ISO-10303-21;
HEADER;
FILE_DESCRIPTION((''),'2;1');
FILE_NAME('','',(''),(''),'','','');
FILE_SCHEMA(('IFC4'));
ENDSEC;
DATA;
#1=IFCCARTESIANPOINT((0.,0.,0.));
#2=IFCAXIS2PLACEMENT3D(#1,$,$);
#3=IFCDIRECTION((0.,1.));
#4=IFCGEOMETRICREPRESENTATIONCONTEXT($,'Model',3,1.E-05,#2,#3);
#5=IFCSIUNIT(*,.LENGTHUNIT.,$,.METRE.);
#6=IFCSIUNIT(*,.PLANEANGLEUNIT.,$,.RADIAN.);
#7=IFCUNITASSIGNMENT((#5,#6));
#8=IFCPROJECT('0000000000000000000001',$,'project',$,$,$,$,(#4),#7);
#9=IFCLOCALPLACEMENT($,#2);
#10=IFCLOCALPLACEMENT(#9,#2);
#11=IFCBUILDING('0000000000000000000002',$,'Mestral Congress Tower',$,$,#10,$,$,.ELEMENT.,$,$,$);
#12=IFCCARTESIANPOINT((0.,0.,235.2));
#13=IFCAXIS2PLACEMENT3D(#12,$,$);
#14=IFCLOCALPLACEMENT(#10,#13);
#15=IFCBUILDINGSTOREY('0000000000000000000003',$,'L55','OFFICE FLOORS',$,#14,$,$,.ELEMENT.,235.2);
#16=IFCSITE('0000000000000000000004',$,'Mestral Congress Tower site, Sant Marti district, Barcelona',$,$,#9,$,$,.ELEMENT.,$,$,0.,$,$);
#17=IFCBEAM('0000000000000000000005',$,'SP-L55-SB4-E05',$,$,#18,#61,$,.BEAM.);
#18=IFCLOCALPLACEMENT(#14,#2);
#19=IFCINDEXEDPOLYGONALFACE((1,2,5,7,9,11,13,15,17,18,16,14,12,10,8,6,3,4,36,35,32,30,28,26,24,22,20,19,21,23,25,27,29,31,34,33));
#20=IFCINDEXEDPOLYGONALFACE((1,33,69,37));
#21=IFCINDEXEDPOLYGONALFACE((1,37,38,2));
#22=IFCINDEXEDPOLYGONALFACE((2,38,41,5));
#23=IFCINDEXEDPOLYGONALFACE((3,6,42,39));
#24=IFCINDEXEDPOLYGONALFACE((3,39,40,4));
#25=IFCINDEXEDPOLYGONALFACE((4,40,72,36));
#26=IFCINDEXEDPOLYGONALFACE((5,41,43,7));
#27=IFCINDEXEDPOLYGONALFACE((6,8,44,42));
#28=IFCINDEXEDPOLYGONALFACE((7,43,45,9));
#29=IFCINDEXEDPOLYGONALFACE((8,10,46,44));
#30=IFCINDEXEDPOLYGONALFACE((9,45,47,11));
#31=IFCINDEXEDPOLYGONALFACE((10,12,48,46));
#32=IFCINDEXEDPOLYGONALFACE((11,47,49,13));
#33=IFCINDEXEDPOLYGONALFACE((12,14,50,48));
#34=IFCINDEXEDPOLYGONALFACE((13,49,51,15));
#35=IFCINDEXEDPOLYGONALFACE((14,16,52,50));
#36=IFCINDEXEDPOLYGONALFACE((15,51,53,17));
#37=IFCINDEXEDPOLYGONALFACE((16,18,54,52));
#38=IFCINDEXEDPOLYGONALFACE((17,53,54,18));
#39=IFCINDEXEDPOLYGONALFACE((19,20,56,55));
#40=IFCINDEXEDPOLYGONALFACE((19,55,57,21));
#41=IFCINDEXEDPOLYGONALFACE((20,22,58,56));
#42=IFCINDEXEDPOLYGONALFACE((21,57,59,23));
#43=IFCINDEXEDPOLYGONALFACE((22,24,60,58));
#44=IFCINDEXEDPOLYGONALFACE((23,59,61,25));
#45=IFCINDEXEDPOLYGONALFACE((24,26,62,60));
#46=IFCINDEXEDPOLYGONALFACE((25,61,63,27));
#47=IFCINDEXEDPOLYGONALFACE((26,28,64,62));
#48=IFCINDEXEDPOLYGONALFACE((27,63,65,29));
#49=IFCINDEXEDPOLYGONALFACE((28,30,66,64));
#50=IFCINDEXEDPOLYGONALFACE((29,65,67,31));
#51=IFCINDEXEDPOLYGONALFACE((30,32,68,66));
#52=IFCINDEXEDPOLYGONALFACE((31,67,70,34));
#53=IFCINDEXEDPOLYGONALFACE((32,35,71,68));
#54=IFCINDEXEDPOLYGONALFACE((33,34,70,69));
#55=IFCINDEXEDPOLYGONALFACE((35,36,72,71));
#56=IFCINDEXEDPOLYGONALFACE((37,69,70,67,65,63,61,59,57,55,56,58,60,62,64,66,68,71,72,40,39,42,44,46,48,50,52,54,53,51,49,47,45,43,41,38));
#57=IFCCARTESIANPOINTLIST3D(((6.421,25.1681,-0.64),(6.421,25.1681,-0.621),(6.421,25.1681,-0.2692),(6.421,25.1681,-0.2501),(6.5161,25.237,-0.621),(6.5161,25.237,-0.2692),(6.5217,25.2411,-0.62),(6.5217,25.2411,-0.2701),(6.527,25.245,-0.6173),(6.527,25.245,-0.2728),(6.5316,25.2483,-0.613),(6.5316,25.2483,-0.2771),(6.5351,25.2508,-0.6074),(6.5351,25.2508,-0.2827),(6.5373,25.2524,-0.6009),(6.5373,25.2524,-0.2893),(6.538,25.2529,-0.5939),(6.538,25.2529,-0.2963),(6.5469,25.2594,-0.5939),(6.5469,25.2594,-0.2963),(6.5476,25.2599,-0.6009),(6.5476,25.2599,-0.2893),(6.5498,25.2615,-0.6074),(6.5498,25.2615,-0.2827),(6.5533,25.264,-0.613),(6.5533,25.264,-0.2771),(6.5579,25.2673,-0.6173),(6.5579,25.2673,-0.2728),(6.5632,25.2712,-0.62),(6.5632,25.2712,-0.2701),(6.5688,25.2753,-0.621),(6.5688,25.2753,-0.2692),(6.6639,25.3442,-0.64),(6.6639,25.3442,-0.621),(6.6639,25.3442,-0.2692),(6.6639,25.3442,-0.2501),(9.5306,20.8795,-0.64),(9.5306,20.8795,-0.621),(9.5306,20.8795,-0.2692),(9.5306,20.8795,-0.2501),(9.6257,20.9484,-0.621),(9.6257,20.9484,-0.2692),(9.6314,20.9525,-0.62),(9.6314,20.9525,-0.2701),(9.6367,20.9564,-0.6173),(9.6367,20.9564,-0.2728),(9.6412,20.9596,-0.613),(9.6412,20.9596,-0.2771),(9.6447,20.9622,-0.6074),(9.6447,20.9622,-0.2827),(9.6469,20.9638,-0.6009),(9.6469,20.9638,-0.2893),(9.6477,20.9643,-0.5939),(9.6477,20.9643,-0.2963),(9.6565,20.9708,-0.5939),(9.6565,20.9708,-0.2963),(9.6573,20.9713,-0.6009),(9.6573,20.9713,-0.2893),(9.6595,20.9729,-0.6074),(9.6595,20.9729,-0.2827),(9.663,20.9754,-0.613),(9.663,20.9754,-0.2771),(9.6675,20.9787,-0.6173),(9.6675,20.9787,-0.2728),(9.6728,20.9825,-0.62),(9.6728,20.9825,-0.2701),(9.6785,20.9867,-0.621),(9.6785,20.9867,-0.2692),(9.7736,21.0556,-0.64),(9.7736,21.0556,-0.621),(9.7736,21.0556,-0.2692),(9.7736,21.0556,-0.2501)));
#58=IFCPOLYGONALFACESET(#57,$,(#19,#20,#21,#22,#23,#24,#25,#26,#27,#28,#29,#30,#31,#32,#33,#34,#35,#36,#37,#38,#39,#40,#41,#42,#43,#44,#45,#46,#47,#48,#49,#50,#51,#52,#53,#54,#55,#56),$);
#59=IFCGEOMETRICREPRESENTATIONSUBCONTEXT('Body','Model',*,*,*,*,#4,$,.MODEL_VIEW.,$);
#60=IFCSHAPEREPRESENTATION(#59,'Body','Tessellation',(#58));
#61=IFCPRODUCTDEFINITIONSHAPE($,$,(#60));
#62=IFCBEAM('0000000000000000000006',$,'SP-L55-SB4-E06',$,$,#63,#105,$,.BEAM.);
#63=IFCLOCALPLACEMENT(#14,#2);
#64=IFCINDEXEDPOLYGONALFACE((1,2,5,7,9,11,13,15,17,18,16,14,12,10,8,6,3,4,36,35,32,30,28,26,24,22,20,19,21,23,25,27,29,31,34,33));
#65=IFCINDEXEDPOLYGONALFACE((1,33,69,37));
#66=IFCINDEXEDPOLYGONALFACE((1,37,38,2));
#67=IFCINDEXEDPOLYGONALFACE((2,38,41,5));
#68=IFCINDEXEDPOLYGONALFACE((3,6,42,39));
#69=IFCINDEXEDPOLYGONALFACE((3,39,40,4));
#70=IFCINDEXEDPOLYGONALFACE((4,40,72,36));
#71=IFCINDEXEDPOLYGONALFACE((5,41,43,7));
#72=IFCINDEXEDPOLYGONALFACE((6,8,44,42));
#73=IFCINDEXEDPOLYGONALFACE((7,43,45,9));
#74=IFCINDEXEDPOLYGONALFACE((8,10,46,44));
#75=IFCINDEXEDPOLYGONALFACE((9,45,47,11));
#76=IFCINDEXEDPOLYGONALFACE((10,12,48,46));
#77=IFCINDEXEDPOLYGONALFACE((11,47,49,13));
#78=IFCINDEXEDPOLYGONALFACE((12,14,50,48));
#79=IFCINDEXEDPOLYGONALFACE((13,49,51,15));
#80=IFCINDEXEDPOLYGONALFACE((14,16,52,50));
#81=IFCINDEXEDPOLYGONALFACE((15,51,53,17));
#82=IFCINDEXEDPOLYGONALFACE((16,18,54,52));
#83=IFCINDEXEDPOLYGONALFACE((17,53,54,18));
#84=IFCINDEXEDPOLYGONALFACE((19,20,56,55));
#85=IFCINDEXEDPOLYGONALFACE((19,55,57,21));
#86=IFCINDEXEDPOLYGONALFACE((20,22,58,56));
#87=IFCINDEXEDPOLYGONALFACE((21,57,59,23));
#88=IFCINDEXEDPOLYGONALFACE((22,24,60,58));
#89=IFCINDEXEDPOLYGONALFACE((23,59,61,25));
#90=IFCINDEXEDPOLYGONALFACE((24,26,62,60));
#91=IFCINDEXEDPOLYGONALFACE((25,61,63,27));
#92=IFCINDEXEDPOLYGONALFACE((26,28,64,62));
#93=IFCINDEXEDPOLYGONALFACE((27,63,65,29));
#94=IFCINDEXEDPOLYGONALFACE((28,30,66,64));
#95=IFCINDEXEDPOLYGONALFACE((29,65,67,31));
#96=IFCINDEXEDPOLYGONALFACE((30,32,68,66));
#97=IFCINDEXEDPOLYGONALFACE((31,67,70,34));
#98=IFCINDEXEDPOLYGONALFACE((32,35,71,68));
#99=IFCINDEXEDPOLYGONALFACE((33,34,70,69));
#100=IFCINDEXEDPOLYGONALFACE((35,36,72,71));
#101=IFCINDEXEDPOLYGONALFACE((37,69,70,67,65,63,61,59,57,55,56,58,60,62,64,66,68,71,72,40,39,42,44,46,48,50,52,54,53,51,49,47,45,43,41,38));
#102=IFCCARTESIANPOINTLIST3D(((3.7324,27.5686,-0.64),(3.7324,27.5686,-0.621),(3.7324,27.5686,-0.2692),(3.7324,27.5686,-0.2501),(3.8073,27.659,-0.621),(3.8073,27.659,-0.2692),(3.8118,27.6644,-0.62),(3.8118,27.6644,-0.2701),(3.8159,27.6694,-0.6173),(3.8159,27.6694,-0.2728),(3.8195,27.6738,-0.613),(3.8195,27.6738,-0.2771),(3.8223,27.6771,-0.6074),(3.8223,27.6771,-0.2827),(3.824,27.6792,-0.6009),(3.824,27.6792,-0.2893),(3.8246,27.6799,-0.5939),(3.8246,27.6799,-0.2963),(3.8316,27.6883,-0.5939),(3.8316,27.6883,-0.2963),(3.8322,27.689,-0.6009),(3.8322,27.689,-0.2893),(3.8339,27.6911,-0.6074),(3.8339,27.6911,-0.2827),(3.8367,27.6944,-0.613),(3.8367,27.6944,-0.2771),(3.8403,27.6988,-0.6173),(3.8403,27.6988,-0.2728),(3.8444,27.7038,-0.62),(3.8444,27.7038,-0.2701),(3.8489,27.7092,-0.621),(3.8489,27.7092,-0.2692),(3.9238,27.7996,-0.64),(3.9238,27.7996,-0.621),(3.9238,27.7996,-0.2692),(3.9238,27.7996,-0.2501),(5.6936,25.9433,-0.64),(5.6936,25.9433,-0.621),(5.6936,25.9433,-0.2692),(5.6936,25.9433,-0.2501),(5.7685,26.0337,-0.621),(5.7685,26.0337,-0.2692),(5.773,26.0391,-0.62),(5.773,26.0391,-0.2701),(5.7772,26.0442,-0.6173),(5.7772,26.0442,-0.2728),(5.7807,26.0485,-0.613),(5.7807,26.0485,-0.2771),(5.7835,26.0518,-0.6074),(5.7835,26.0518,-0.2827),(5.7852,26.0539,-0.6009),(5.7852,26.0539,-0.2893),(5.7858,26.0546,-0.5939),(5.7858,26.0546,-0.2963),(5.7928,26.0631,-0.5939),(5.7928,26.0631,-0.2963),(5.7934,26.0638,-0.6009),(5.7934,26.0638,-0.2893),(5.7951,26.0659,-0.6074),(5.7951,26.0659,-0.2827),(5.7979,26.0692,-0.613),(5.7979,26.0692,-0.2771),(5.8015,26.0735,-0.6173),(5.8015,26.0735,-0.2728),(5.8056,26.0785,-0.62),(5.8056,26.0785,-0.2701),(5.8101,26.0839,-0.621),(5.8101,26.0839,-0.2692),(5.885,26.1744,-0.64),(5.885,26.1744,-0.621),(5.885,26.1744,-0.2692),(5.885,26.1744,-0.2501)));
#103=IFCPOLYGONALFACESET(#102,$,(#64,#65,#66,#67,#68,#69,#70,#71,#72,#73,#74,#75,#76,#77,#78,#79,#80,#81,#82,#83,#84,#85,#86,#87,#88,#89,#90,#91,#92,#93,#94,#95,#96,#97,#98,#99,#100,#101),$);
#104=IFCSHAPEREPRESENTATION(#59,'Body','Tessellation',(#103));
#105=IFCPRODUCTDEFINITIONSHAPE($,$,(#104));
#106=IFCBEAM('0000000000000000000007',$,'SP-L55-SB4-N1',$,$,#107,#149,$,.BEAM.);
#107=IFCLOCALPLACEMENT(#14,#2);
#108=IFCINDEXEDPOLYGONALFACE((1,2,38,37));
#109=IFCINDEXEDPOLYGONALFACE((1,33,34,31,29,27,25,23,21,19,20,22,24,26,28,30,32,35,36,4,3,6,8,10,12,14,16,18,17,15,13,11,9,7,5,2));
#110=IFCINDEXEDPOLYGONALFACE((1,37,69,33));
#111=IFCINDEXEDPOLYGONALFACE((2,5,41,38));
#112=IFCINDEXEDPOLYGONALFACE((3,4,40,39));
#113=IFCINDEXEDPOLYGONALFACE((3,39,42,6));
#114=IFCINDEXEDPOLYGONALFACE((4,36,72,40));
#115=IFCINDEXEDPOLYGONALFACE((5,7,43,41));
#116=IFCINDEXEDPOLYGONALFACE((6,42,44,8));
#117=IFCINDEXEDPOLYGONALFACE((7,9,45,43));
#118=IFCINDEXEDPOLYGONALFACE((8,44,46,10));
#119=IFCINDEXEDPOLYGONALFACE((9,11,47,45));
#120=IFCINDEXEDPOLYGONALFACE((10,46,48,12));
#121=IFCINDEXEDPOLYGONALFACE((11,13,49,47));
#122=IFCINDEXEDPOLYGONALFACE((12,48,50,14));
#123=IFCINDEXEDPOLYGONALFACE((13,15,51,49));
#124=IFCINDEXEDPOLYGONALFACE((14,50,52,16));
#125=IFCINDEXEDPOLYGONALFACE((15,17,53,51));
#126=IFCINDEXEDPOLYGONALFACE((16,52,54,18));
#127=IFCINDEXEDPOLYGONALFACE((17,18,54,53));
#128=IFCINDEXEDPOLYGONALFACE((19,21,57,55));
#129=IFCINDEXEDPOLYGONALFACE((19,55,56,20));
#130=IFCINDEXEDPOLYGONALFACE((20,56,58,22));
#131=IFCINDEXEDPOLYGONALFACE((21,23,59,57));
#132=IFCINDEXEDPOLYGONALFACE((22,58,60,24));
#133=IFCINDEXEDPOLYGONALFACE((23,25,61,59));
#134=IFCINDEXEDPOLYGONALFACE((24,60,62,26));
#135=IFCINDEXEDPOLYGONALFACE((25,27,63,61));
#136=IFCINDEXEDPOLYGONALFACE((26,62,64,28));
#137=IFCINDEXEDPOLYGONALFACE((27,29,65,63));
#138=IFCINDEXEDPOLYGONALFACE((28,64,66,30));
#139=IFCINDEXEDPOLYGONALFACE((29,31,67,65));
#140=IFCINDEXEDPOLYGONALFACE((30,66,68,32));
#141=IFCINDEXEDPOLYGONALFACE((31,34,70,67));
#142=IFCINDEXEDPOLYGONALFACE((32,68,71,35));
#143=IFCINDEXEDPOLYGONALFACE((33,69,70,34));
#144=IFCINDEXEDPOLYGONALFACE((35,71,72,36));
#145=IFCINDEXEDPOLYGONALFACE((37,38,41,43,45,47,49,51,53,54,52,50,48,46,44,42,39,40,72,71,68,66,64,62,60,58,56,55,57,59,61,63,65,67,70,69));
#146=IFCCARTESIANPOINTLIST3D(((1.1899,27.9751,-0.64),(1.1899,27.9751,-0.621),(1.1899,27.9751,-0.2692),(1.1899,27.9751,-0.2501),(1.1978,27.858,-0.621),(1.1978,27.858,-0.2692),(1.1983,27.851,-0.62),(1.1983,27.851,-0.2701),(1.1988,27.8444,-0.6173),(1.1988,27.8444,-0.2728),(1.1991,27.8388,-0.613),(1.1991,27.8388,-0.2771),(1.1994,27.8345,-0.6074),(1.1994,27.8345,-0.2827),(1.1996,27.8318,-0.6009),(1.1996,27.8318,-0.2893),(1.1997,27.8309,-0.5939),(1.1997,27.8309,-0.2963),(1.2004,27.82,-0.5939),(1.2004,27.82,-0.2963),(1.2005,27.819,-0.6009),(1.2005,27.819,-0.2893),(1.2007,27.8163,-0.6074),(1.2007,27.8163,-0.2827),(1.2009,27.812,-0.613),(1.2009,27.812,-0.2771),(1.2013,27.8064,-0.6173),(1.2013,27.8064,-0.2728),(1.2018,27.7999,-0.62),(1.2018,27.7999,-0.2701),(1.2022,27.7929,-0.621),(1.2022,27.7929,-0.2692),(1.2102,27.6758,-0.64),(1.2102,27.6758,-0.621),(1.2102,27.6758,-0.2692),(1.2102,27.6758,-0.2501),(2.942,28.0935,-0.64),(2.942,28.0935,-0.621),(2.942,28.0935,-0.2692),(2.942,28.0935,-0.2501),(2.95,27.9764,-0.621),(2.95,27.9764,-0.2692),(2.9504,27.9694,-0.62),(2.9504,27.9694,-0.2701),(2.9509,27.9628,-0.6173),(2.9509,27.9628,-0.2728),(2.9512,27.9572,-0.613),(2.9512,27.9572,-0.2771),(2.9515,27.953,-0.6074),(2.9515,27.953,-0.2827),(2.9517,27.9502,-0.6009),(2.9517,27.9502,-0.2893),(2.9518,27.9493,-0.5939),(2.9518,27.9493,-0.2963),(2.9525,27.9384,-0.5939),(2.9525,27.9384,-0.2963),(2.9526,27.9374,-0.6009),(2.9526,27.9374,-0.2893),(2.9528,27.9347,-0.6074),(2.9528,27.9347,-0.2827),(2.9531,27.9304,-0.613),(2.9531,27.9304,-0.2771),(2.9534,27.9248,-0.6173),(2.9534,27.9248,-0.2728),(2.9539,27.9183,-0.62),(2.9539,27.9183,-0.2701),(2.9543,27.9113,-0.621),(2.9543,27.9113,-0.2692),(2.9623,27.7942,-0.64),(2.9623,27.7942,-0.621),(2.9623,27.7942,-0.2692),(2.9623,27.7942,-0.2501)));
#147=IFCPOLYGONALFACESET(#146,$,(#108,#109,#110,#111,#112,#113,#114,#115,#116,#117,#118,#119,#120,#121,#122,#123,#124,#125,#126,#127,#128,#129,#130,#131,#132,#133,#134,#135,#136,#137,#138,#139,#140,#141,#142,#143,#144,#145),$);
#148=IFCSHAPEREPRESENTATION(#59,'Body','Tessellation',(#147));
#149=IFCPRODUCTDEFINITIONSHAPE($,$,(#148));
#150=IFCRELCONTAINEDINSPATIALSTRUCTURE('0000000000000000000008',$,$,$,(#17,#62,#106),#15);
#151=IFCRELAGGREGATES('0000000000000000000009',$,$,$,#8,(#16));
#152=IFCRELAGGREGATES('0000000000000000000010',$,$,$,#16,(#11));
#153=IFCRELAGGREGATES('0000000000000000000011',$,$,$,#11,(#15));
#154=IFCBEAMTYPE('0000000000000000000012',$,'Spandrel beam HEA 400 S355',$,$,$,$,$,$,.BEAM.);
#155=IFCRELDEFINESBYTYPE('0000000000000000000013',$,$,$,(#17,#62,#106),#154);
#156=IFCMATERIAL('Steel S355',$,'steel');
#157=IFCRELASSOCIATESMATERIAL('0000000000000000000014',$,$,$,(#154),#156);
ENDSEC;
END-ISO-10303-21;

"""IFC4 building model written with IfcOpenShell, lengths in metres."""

from ifc_helpers import new_model, si_unit, direction, frame, origin, origin_2d, place, context, subcontext, project, spatial, i_section, extrude, material, material_profile, profile_set, type_object, element, save


model = new_model("IFC4")

# Units and contexts
model_context = context("Model", 3, precision=1e-05, world=origin(), true_north=direction((0.0, 1.0)))
body_context = subcontext(model_context, "Body", "Model", "MODEL_VIEW")
ifc_project = project(units=[si_unit("LENGTHUNIT", "METRE"), si_unit("PLANEANGLEUNIT", "RADIAN")], contexts=[model_context])

# Site, building, storey
site_placement = place(None, origin())
site = spatial("IfcSite", under=ifc_project, at=site_placement, Name="Mestral Congress Tower site, Sant Marti district, Barcelona", CompositionType="ELEMENT", RefElevation=0.0)
building_placement = place(site_placement, origin())
building = spatial("IfcBuilding", under=site, at=building_placement, Name="Mestral Congress Tower", CompositionType="ELEMENT")
storey_placement = place(building_placement, frame((0.0, 0.0, 235.2)))
storey = spatial("IfcBuildingStorey", under=building, at=storey_placement, Name="L55", Description="OFFICE FLOORS", CompositionType="ELEMENT", Elevation=235.2)

# Beams
ifc_material_1 = material(Name="Steel S355", Category="steel")
ifc_material_profile_1 = material_profile(ifc_material_1, i_section(OverallWidth=0.3, OverallDepth=0.3899, WebThickness=0.011, FlangeThickness=0.019, FilletRadius=0.0271, at=origin_2d()), Name="HEA 400")
ifc_profile_set_1 = profile_set([ifc_material_profile_1], Name="Steel S355")
beam_type_1 = type_object("IfcBeamType", Name="Spandrel beam HEA 400 S355", PredefinedType="BEAM", material=ifc_profile_set_1)
beam_1_placement = place(storey_placement, frame((9.6521, 20.9675, -0.4451), z_axis=(-0.587017, 0.809574, 0.0), x_axis=(-0.809574, -0.587017, 0.0)))
element("IfcBeam", 1, at=beam_1_placement, inside=storey, type_object=beam_type_1, Name="SP-L55-SB4-E05", PredefinedType="BEAM", context=body_context, shape_type="SweptSolid", body=[
    extrude(i_section(OverallWidth=0.3, OverallDepth=0.3899, WebThickness=0.011, FlangeThickness=0.019, FilletRadius=0.0271, at=origin_2d()), origin(), (0.0, 0.0, 1.0), 5.2974),
])
beam_2_placement = place(storey_placement, frame((5.7893, 26.0588, -0.4451), z_axis=(-0.76997, 0.63808, 0.0), x_axis=(-0.63808, -0.76997, 0.0)))
element("IfcBeam", 2, at=beam_2_placement, inside=storey, type_object=beam_type_1, Name="SP-L55-SB4-E06", PredefinedType="BEAM", context=body_context, shape_type="SweptSolid", body=[
    extrude(i_section(OverallWidth=0.3, OverallDepth=0.3899, WebThickness=0.011, FlangeThickness=0.019, FilletRadius=0.0271, at=origin_2d()), origin(), (0.0, 0.0, 1.0), 2.5471),
])
beam_3_placement = place(storey_placement, frame((2.9521, 27.9438, -0.4451), z_axis=(-0.997724, -0.067423, 0.0), x_axis=(0.067423, -0.997724, 0.0)))
element("IfcBeam", 3, at=beam_3_placement, inside=storey, type_object=beam_type_1, Name="SP-L55-SB4-N1", PredefinedType="BEAM", context=body_context, shape_type="SweptSolid", body=[
    extrude(i_section(OverallWidth=0.3, OverallDepth=0.3899, WebThickness=0.011, FlangeThickness=0.019, FilletRadius=0.0271, at=origin_2d()), origin(), (0.0, 0.0, 1.0), 1.7561),
])

save(model, "model.ifc")
